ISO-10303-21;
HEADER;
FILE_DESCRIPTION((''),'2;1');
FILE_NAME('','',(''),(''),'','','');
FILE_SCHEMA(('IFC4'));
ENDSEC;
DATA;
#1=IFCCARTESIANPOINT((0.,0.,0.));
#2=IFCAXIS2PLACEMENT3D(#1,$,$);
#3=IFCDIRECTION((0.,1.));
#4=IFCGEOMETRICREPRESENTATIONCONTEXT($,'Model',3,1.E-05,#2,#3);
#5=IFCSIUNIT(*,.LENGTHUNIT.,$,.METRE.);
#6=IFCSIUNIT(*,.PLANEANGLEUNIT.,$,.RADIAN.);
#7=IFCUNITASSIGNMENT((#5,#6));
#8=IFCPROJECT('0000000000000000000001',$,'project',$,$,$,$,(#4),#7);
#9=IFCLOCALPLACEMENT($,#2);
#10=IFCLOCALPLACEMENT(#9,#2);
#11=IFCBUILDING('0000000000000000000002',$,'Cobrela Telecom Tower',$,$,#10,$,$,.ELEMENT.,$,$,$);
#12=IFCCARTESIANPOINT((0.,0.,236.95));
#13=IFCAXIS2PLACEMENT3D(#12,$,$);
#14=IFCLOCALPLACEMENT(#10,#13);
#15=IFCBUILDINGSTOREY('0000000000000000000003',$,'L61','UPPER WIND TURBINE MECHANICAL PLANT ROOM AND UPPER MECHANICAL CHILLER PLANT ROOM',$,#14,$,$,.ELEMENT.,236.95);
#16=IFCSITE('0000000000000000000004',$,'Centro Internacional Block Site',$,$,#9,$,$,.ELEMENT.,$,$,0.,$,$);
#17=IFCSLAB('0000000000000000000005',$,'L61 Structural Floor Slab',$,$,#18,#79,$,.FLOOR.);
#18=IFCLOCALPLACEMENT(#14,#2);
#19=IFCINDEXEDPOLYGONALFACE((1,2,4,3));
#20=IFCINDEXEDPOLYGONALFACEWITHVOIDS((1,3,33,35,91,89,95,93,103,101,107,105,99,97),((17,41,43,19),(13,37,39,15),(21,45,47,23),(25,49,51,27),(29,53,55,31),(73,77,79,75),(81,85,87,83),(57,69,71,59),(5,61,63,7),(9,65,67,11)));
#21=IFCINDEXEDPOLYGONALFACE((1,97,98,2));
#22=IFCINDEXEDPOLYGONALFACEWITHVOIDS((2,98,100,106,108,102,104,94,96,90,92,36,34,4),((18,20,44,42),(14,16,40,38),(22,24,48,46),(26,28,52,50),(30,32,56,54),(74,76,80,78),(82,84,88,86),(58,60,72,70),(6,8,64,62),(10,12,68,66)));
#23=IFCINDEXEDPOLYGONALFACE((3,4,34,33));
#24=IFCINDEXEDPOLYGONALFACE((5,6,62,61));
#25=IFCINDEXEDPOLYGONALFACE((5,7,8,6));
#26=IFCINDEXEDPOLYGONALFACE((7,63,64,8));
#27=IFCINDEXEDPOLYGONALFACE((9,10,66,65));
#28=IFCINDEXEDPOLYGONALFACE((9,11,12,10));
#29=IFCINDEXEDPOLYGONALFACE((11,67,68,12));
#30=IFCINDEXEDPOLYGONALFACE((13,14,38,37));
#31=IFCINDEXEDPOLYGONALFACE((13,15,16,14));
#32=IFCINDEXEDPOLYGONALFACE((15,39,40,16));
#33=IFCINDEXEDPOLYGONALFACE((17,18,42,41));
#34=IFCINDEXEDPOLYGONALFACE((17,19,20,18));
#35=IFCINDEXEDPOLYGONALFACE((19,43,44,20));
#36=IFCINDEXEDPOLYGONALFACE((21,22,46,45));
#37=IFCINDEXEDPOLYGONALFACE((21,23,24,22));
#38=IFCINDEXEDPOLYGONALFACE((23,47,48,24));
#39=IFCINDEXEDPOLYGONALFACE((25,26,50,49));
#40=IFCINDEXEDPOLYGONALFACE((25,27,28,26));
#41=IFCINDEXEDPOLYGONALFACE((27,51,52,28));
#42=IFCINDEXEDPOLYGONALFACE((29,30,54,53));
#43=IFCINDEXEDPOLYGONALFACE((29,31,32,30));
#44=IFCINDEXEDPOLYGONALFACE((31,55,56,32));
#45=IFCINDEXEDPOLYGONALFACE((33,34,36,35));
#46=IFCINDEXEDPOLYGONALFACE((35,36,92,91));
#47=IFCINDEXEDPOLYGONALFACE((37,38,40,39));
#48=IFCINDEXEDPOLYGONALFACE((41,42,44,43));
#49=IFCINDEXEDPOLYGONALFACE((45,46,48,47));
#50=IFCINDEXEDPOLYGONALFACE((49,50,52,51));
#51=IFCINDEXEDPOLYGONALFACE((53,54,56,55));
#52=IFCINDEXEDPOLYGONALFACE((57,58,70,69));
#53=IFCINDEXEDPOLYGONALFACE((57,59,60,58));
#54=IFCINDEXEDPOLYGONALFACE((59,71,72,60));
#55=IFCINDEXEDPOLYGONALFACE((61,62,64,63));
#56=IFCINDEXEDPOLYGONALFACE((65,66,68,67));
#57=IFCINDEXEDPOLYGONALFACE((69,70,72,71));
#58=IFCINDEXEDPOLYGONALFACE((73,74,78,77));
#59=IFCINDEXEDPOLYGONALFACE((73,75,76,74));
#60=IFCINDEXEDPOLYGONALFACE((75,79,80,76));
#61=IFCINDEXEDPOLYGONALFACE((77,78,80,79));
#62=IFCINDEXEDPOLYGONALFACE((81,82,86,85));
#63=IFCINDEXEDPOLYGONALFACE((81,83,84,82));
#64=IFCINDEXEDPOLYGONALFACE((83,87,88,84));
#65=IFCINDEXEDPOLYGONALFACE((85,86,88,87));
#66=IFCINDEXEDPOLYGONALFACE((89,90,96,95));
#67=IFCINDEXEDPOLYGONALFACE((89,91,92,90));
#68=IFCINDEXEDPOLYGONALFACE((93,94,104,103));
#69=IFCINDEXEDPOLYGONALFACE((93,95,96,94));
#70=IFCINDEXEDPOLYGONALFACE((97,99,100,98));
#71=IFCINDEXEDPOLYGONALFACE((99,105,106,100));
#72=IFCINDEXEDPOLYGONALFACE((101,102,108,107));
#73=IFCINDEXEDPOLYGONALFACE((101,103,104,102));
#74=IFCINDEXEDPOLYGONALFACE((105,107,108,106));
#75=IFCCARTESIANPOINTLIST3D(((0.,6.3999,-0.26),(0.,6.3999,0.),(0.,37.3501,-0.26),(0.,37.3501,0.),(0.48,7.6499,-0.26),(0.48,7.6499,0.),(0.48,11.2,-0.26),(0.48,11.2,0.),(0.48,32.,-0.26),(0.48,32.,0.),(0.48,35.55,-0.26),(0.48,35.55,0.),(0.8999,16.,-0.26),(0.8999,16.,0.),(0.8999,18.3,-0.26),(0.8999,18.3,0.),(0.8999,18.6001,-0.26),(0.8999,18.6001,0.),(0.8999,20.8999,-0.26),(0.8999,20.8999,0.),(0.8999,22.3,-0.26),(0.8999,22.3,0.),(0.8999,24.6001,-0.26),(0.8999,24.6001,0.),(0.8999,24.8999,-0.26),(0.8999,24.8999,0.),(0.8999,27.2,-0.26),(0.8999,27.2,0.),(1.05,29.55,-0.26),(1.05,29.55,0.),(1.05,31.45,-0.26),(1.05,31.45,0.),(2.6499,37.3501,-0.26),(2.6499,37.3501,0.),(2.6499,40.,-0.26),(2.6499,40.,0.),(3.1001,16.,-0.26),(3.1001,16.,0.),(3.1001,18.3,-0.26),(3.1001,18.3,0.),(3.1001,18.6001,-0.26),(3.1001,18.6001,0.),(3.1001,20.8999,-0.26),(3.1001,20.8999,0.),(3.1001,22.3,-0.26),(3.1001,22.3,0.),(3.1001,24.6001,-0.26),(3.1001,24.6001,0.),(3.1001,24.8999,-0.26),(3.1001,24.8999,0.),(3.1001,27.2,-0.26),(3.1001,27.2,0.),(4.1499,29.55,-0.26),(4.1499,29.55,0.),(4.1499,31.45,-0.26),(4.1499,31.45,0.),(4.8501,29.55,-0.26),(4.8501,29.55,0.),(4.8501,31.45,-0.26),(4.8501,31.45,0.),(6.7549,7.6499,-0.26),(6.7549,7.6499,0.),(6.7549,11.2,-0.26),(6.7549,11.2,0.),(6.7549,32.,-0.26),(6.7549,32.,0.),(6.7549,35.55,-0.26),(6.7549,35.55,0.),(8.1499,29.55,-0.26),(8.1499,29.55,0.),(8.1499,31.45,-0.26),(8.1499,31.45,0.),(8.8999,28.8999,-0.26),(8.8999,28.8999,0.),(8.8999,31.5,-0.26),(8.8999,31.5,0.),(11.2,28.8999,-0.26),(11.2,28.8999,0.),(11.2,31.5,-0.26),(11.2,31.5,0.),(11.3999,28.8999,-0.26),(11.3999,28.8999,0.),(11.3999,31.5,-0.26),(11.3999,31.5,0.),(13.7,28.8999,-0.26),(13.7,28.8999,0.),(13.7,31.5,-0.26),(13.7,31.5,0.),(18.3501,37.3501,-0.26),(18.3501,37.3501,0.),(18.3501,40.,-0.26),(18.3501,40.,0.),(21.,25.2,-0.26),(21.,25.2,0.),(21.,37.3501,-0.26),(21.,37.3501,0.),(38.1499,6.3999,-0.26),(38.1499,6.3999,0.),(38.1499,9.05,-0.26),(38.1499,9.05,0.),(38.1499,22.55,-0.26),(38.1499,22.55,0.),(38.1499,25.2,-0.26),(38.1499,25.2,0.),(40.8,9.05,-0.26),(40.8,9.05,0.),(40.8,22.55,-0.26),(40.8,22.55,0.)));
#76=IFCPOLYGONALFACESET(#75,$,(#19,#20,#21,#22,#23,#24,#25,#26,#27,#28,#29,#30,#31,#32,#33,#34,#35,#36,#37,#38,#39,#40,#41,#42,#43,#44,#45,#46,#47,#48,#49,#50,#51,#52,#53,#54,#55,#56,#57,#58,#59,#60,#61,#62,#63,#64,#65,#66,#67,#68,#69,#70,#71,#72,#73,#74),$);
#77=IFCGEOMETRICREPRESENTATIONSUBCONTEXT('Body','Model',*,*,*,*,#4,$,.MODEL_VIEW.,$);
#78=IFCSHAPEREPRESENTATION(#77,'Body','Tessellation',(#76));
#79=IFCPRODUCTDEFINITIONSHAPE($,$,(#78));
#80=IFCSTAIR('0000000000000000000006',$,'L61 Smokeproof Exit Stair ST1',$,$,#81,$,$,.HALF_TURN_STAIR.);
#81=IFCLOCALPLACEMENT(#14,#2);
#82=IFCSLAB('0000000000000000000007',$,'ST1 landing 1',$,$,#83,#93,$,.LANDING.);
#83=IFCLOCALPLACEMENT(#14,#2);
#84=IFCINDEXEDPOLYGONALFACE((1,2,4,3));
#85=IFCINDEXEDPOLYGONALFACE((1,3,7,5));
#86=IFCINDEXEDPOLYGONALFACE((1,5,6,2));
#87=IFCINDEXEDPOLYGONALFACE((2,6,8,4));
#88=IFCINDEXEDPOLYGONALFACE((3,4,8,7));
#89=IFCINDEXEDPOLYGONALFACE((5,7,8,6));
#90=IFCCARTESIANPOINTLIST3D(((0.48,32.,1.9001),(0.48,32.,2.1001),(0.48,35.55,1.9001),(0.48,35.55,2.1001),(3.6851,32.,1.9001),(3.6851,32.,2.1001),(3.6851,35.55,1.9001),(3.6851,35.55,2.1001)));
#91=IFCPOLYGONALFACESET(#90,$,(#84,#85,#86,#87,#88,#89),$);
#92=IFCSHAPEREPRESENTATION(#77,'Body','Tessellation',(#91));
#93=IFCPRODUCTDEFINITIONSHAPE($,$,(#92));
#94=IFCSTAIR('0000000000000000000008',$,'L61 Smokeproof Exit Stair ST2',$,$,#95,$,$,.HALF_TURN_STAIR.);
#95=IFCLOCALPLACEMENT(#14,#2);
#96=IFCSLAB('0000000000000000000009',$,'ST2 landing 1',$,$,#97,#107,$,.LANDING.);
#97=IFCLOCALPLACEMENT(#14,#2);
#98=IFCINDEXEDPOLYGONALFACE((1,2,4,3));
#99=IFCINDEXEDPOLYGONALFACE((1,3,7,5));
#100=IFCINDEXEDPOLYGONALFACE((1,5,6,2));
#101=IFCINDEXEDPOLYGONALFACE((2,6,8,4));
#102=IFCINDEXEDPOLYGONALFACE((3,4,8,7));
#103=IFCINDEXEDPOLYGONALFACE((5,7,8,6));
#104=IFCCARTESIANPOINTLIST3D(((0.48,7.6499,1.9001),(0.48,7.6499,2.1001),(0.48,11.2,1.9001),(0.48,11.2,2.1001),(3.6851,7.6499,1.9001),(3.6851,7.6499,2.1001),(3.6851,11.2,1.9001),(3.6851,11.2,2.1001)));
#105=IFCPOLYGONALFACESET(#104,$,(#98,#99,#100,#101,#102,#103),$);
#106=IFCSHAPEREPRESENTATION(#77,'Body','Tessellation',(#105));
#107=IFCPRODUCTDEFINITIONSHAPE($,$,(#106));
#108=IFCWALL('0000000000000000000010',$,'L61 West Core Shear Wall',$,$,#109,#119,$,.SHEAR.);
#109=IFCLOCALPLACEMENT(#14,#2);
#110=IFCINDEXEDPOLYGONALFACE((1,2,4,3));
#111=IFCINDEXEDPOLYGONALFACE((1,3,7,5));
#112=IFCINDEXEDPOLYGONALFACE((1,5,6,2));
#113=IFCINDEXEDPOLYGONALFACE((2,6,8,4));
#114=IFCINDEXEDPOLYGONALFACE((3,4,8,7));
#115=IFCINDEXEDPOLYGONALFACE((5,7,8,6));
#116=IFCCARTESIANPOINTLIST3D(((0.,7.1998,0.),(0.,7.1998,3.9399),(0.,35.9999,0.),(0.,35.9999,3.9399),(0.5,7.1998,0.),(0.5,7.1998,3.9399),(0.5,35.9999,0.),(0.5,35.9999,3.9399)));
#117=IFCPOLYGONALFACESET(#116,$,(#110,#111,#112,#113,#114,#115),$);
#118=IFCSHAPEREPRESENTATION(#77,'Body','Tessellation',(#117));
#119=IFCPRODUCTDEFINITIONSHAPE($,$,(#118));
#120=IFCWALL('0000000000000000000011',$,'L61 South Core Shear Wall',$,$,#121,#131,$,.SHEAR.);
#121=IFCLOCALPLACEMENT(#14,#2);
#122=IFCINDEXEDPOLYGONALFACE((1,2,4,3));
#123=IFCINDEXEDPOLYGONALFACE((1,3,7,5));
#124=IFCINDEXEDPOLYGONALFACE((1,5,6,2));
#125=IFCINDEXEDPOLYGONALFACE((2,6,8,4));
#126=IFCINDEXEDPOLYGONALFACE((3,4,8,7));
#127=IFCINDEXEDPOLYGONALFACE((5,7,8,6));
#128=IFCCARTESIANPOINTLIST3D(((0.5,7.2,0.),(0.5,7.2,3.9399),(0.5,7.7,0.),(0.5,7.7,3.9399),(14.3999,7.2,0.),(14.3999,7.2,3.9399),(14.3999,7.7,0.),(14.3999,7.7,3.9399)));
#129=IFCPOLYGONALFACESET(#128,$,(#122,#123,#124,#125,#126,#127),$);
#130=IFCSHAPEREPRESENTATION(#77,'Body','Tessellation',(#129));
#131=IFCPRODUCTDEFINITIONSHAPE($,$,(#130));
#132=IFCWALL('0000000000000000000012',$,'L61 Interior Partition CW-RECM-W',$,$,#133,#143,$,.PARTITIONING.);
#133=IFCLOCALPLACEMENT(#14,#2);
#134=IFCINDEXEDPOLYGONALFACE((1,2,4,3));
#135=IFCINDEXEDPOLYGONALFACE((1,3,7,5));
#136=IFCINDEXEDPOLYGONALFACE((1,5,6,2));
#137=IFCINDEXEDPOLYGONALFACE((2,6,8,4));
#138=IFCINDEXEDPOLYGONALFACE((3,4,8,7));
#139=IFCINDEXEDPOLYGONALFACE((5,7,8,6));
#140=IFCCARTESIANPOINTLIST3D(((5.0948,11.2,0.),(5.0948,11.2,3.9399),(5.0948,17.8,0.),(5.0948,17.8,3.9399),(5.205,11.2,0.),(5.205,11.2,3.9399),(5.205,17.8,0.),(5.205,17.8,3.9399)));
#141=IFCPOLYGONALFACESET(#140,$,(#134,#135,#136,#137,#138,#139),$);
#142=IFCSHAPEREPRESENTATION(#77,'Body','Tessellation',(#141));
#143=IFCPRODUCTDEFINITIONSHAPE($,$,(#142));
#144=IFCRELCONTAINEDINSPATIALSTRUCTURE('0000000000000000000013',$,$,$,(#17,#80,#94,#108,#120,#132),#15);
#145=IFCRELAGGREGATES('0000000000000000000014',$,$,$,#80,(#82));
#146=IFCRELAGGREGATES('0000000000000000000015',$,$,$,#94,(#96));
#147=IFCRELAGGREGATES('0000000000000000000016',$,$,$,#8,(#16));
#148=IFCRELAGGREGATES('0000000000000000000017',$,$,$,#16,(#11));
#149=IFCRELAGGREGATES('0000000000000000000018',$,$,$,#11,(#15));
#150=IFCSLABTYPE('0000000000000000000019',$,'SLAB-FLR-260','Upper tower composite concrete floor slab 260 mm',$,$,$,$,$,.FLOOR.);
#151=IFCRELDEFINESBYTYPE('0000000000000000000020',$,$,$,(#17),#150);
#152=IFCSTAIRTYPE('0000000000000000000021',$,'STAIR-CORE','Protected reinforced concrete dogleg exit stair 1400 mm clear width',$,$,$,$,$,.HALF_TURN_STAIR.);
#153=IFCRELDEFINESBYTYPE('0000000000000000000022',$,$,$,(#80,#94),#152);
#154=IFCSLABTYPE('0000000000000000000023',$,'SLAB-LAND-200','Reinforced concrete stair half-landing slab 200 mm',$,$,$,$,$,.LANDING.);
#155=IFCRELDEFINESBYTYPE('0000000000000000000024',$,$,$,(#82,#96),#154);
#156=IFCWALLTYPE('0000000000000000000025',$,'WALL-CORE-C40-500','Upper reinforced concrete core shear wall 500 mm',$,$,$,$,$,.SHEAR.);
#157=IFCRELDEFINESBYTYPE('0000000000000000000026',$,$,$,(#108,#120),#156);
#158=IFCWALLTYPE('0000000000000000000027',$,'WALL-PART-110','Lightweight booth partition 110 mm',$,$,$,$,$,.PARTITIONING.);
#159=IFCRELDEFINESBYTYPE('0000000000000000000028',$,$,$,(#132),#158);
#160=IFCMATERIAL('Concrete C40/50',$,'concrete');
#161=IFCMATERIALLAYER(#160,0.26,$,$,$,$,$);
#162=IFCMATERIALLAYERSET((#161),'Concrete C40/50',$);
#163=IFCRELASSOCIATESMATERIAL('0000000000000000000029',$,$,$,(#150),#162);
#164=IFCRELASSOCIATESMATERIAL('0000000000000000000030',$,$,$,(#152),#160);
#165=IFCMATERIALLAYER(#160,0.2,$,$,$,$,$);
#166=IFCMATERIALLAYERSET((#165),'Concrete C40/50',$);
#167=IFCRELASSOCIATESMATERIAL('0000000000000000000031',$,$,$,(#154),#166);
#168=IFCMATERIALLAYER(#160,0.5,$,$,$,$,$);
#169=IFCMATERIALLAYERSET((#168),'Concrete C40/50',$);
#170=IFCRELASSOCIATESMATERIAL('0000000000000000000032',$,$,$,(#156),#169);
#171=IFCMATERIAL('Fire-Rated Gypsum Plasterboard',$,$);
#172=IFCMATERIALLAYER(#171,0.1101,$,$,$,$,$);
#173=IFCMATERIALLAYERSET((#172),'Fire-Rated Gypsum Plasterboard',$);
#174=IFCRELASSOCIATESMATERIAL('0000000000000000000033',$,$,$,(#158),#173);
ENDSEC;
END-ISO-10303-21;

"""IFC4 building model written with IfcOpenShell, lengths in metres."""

from ifc_helpers import new_model, si_unit, direction, frame, frame_2d, origin, place, context, subcontext, project, spatial, polyline, rectangle, outline, extrude, material, layer, layer_set, type_object, element, aggregate, save


model = new_model("IFC4")

# Units and contexts
model_context = context("Model", 3, precision=1e-05, world=origin(), true_north=direction((0.0, 1.0)))
body_context = subcontext(model_context, "Body", "Model", "MODEL_VIEW")
ifc_project = project(units=[si_unit("LENGTHUNIT", "METRE"), si_unit("PLANEANGLEUNIT", "RADIAN")], contexts=[model_context])

# Site, building, storey
site_placement = place(None, origin())
site = spatial("IfcSite", under=ifc_project, at=site_placement, Name="Centro Internacional Block Site", CompositionType="ELEMENT", RefElevation=0.0)
building_placement = place(site_placement, origin())
building = spatial("IfcBuilding", under=site, at=building_placement, Name="Cobrela Telecom Tower", CompositionType="ELEMENT")
storey_placement = place(building_placement, frame((0.0, 0.0, 236.95)))
storey = spatial("IfcBuildingStorey", under=building, at=storey_placement, Name="L61", Description="UPPER WIND TURBINE MECHANICAL PLANT ROOM AND UPPER MECHANICAL CHILLER PLANT ROOM", CompositionType="ELEMENT", Elevation=236.95)

# Slab, openings
ifc_material_1 = material(Name="Concrete C40/50", Category="concrete")
ifc_layer_1 = layer(ifc_material_1, 0.26)
ifc_layer_set_1 = layer_set([ifc_layer_1], Name="Concrete C40/50")
slab_type_1 = type_object("IfcSlabType", Name="SLAB-FLR-260", Description="Upper tower composite concrete floor slab 260 mm", PredefinedType="FLOOR", material=ifc_layer_set_1)
slab_1_placement = place(storey_placement, frame((0.0, 0.0, -0.26)))
slab_1 = element("IfcSlab", 1, at=slab_1_placement, inside=storey, type_object=slab_type_1, Name="L61 Structural Floor Slab", PredefinedType="FLOOR", context=body_context, shape_type="SweptSolid", body=[
    extrude(outline(polyline([(0.0, 6.3999), (38.1499, 6.3999), (38.1499, 9.05), (40.8, 9.05), (40.8, 22.55), (38.1499, 22.55), (38.1499, 25.2), (21.0, 25.2), (21.0, 37.3501), (18.3501, 37.3501), (18.3501, 40.0), (2.6499, 40.0), (2.6499, 37.3501), (0.0, 37.3501), (0.0, 6.3999)])), origin(), (0.0, 0.0, 1.0), 0.26),
])
opening_1_placement = place(slab_1_placement, frame((0.0, 0.0, -0.02)))
element("IfcOpeningElement", 2, at=opening_1_placement, cuts=slab_1, PredefinedType="OPENING", context=body_context, shape_type="SweptSolid", body=[
    extrude(outline(polyline([(8.8999, 28.8999), (11.2, 28.8999), (11.2, 31.5), (8.8999, 31.5), (8.8999, 28.8999)])), origin(), (0.0, 0.0, 1.0), 0.3),
])
opening_2_placement = place(slab_1_placement, frame((0.0, 0.0, -0.02)))
element("IfcOpeningElement", 3, at=opening_2_placement, cuts=slab_1, PredefinedType="OPENING", context=body_context, shape_type="SweptSolid", body=[
    extrude(outline(polyline([(11.3999, 28.8999), (13.7, 28.8999), (13.7, 31.5), (11.3999, 31.5), (11.3999, 28.8999)])), origin(), (0.0, 0.0, 1.0), 0.3),
])
opening_3_placement = place(slab_1_placement, frame((0.0, 0.0, -0.02)))
element("IfcOpeningElement", 4, at=opening_3_placement, cuts=slab_1, PredefinedType="OPENING", context=body_context, shape_type="SweptSolid", body=[
    extrude(outline(polyline([(0.8999, 16.0), (3.1001, 16.0), (3.1001, 18.3), (0.8999, 18.3), (0.8999, 16.0)])), origin(), (0.0, 0.0, 1.0), 0.3),
])
opening_4_placement = place(slab_1_placement, frame((0.0, 0.0, -0.02)))
element("IfcOpeningElement", 5, at=opening_4_placement, cuts=slab_1, PredefinedType="OPENING", context=body_context, shape_type="SweptSolid", body=[
    extrude(outline(polyline([(0.8999, 18.6001), (3.1001, 18.6001), (3.1001, 20.8999), (0.8999, 20.8999), (0.8999, 18.6001)])), origin(), (0.0, 0.0, 1.0), 0.3),
])
opening_5_placement = place(slab_1_placement, frame((0.0, 0.0, -0.02)))
element("IfcOpeningElement", 6, at=opening_5_placement, cuts=slab_1, PredefinedType="OPENING", context=body_context, shape_type="SweptSolid", body=[
    extrude(outline(polyline([(0.8999, 22.3), (3.1001, 22.3), (3.1001, 24.6001), (0.8999, 24.6001), (0.8999, 22.3)])), origin(), (0.0, 0.0, 1.0), 0.3),
])
opening_6_placement = place(slab_1_placement, frame((0.0, 0.0, -0.02)))
element("IfcOpeningElement", 7, at=opening_6_placement, cuts=slab_1, PredefinedType="OPENING", context=body_context, shape_type="SweptSolid", body=[
    extrude(outline(polyline([(0.8999, 24.8999), (3.1001, 24.8999), (3.1001, 27.2), (0.8999, 27.2), (0.8999, 24.8999)])), origin(), (0.0, 0.0, 1.0), 0.3),
])
opening_7_placement = place(slab_1_placement, frame((0.0, 0.0, -0.02)))
element("IfcOpeningElement", 8, at=opening_7_placement, cuts=slab_1, PredefinedType="OPENING", context=body_context, shape_type="SweptSolid", body=[
    extrude(outline(polyline([(1.05, 29.55), (4.1499, 29.55), (4.1499, 31.45), (1.05, 31.45), (1.05, 29.55)])), origin(), (0.0, 0.0, 1.0), 0.3),
])
opening_8_placement = place(slab_1_placement, frame((0.0, 0.0, -0.02)))
element("IfcOpeningElement", 9, at=opening_8_placement, cuts=slab_1, PredefinedType="OPENING", context=body_context, shape_type="SweptSolid", body=[
    extrude(outline(polyline([(4.8501, 29.55), (8.1499, 29.55), (8.1499, 31.45), (4.8501, 31.45), (4.8501, 29.55)])), origin(), (0.0, 0.0, 1.0), 0.3),
])
opening_9_placement = place(slab_1_placement, frame((0.0, 0.0, -0.02)))
element("IfcOpeningElement", 10, at=opening_9_placement, cuts=slab_1, PredefinedType="OPENING", context=body_context, shape_type="SweptSolid", body=[
    extrude(outline(polyline([(6.7549, 35.55), (0.48, 35.55), (0.48, 32.0), (6.7549, 32.0), (6.7549, 35.55)])), origin(), (0.0, 0.0, 1.0), 0.3),
])
opening_10_placement = place(slab_1_placement, frame((0.0, 0.0, -0.02)))
element("IfcOpeningElement", 11, at=opening_10_placement, cuts=slab_1, PredefinedType="OPENING", context=body_context, shape_type="SweptSolid", body=[
    extrude(outline(polyline([(6.7549, 11.2), (0.48, 11.2), (0.48, 7.6499), (6.7549, 7.6499), (6.7549, 11.2)])), origin(), (0.0, 0.0, 1.0), 0.3),
])

# Stairs, slabs
stair_type = type_object("IfcStairType", Name="STAIR-CORE", Description="Protected reinforced concrete dogleg exit stair 1400 mm clear width", PredefinedType="HALF_TURN_STAIR", material=ifc_material_1)
stair_1_placement = place(storey_placement, origin())
stair_1 = element("IfcStair", 12, at=stair_1_placement, inside=storey, type_object=stair_type, Name="L61 Smokeproof Exit Stair ST1", PredefinedType="HALF_TURN_STAIR")
ifc_layer_2 = layer(ifc_material_1, 0.2)
ifc_layer_set_2 = layer_set([ifc_layer_2], Name="Concrete C40/50")
slab_type_2 = type_object("IfcSlabType", Name="SLAB-LAND-200", Description="Reinforced concrete stair half-landing slab 200 mm", PredefinedType="LANDING", material=ifc_layer_set_2)
slab_2_placement = place(storey_placement, frame((0.0, 0.0, 1.9001)))
slab_2 = element("IfcSlab", 13, at=slab_2_placement, type_object=slab_type_2, Name="ST1 landing 1", PredefinedType="LANDING", context=body_context, shape_type="SweptSolid", body=[
    extrude(outline(polyline([(3.6851, 35.55), (0.48, 35.55), (0.48, 32.0), (3.6851, 32.0), (3.6851, 35.55)])), origin(), (0.0, 0.0, 1.0), 0.2),
])
aggregate(stair_1, [slab_2])
stair_2_placement = place(storey_placement, origin())
stair_2 = element("IfcStair", 14, at=stair_2_placement, inside=storey, type_object=stair_type, Name="L61 Smokeproof Exit Stair ST2", PredefinedType="HALF_TURN_STAIR")
slab_3_placement = place(storey_placement, frame((0.0, 0.0, 1.9001)))
slab_3 = element("IfcSlab", 15, at=slab_3_placement, type_object=slab_type_2, Name="ST2 landing 1", PredefinedType="LANDING", context=body_context, shape_type="SweptSolid", body=[
    extrude(outline(polyline([(3.6851, 11.2), (0.48, 11.2), (0.48, 7.6499), (3.6851, 7.6499), (3.6851, 11.2)])), origin(), (0.0, 0.0, 1.0), 0.2),
])

# Walls
ifc_layer_3 = layer(ifc_material_1, 0.5)
ifc_layer_set_3 = layer_set([ifc_layer_3], Name="Concrete C40/50")
wall_type_1 = type_object("IfcWallType", Name="WALL-CORE-C40-500", Description="Upper reinforced concrete core shear wall 500 mm", PredefinedType="SHEAR", material=ifc_layer_set_3)
wall_1_placement = place(storey_placement, frame((0.25, 7.2, 0.0), z_axis=(0.0, 0.0, 1.0), x_axis=(0.0, 1.0, 0.0)))
element("IfcWall", 16, at=wall_1_placement, inside=storey, type_object=wall_type_1, Name="L61 West Core Shear Wall", PredefinedType="SHEAR", context=body_context, shape_type="SweptSolid", body=[
    extrude(rectangle(XDim=28.8, YDim=0.5, at=frame_2d((14.3999, 0.0))), origin(), (0.0, 0.0, 1.0), 3.9399),
])
wall_2_placement = place(storey_placement, frame((0.5, 7.45, 0.0), z_axis=(0.0, 0.0, 1.0), x_axis=(1.0, 0.0, 0.0)))
element("IfcWall", 17, at=wall_2_placement, inside=storey, type_object=wall_type_1, Name="L61 South Core Shear Wall", PredefinedType="SHEAR", context=body_context, shape_type="SweptSolid", body=[
    extrude(rectangle(XDim=13.8999, YDim=0.5, at=frame_2d((6.95, 0.0))), origin(), (0.0, 0.0, 1.0), 3.9399),
])
ifc_material_2 = material(Name="Fire-Rated Gypsum Plasterboard")
ifc_layer_4 = layer(ifc_material_2, 0.1101)
ifc_layer_set_4 = layer_set([ifc_layer_4], Name="Fire-Rated Gypsum Plasterboard")
wall_type_2 = type_object("IfcWallType", Name="WALL-PART-110", Description="Lightweight booth partition 110 mm", PredefinedType="PARTITIONING", material=ifc_layer_set_4)
wall_3_placement = place(storey_placement, frame((5.1499, 11.2, 0.0), z_axis=(0.0, 0.0, 1.0), x_axis=(0.0, 1.0, 0.0)))
element("IfcWall", 18, at=wall_3_placement, inside=storey, type_object=wall_type_2, Name="L61 Interior Partition CW-RECM-W", PredefinedType="PARTITIONING", context=body_context, shape_type="SweptSolid", body=[
    extrude(rectangle(XDim=6.6001, YDim=0.1101, at=frame_2d((3.3, 0.0))), origin(), (0.0, 0.0, 1.0), 3.9399),
])

aggregate(stair_2, [slab_3])

save(model, "model.ifc")
